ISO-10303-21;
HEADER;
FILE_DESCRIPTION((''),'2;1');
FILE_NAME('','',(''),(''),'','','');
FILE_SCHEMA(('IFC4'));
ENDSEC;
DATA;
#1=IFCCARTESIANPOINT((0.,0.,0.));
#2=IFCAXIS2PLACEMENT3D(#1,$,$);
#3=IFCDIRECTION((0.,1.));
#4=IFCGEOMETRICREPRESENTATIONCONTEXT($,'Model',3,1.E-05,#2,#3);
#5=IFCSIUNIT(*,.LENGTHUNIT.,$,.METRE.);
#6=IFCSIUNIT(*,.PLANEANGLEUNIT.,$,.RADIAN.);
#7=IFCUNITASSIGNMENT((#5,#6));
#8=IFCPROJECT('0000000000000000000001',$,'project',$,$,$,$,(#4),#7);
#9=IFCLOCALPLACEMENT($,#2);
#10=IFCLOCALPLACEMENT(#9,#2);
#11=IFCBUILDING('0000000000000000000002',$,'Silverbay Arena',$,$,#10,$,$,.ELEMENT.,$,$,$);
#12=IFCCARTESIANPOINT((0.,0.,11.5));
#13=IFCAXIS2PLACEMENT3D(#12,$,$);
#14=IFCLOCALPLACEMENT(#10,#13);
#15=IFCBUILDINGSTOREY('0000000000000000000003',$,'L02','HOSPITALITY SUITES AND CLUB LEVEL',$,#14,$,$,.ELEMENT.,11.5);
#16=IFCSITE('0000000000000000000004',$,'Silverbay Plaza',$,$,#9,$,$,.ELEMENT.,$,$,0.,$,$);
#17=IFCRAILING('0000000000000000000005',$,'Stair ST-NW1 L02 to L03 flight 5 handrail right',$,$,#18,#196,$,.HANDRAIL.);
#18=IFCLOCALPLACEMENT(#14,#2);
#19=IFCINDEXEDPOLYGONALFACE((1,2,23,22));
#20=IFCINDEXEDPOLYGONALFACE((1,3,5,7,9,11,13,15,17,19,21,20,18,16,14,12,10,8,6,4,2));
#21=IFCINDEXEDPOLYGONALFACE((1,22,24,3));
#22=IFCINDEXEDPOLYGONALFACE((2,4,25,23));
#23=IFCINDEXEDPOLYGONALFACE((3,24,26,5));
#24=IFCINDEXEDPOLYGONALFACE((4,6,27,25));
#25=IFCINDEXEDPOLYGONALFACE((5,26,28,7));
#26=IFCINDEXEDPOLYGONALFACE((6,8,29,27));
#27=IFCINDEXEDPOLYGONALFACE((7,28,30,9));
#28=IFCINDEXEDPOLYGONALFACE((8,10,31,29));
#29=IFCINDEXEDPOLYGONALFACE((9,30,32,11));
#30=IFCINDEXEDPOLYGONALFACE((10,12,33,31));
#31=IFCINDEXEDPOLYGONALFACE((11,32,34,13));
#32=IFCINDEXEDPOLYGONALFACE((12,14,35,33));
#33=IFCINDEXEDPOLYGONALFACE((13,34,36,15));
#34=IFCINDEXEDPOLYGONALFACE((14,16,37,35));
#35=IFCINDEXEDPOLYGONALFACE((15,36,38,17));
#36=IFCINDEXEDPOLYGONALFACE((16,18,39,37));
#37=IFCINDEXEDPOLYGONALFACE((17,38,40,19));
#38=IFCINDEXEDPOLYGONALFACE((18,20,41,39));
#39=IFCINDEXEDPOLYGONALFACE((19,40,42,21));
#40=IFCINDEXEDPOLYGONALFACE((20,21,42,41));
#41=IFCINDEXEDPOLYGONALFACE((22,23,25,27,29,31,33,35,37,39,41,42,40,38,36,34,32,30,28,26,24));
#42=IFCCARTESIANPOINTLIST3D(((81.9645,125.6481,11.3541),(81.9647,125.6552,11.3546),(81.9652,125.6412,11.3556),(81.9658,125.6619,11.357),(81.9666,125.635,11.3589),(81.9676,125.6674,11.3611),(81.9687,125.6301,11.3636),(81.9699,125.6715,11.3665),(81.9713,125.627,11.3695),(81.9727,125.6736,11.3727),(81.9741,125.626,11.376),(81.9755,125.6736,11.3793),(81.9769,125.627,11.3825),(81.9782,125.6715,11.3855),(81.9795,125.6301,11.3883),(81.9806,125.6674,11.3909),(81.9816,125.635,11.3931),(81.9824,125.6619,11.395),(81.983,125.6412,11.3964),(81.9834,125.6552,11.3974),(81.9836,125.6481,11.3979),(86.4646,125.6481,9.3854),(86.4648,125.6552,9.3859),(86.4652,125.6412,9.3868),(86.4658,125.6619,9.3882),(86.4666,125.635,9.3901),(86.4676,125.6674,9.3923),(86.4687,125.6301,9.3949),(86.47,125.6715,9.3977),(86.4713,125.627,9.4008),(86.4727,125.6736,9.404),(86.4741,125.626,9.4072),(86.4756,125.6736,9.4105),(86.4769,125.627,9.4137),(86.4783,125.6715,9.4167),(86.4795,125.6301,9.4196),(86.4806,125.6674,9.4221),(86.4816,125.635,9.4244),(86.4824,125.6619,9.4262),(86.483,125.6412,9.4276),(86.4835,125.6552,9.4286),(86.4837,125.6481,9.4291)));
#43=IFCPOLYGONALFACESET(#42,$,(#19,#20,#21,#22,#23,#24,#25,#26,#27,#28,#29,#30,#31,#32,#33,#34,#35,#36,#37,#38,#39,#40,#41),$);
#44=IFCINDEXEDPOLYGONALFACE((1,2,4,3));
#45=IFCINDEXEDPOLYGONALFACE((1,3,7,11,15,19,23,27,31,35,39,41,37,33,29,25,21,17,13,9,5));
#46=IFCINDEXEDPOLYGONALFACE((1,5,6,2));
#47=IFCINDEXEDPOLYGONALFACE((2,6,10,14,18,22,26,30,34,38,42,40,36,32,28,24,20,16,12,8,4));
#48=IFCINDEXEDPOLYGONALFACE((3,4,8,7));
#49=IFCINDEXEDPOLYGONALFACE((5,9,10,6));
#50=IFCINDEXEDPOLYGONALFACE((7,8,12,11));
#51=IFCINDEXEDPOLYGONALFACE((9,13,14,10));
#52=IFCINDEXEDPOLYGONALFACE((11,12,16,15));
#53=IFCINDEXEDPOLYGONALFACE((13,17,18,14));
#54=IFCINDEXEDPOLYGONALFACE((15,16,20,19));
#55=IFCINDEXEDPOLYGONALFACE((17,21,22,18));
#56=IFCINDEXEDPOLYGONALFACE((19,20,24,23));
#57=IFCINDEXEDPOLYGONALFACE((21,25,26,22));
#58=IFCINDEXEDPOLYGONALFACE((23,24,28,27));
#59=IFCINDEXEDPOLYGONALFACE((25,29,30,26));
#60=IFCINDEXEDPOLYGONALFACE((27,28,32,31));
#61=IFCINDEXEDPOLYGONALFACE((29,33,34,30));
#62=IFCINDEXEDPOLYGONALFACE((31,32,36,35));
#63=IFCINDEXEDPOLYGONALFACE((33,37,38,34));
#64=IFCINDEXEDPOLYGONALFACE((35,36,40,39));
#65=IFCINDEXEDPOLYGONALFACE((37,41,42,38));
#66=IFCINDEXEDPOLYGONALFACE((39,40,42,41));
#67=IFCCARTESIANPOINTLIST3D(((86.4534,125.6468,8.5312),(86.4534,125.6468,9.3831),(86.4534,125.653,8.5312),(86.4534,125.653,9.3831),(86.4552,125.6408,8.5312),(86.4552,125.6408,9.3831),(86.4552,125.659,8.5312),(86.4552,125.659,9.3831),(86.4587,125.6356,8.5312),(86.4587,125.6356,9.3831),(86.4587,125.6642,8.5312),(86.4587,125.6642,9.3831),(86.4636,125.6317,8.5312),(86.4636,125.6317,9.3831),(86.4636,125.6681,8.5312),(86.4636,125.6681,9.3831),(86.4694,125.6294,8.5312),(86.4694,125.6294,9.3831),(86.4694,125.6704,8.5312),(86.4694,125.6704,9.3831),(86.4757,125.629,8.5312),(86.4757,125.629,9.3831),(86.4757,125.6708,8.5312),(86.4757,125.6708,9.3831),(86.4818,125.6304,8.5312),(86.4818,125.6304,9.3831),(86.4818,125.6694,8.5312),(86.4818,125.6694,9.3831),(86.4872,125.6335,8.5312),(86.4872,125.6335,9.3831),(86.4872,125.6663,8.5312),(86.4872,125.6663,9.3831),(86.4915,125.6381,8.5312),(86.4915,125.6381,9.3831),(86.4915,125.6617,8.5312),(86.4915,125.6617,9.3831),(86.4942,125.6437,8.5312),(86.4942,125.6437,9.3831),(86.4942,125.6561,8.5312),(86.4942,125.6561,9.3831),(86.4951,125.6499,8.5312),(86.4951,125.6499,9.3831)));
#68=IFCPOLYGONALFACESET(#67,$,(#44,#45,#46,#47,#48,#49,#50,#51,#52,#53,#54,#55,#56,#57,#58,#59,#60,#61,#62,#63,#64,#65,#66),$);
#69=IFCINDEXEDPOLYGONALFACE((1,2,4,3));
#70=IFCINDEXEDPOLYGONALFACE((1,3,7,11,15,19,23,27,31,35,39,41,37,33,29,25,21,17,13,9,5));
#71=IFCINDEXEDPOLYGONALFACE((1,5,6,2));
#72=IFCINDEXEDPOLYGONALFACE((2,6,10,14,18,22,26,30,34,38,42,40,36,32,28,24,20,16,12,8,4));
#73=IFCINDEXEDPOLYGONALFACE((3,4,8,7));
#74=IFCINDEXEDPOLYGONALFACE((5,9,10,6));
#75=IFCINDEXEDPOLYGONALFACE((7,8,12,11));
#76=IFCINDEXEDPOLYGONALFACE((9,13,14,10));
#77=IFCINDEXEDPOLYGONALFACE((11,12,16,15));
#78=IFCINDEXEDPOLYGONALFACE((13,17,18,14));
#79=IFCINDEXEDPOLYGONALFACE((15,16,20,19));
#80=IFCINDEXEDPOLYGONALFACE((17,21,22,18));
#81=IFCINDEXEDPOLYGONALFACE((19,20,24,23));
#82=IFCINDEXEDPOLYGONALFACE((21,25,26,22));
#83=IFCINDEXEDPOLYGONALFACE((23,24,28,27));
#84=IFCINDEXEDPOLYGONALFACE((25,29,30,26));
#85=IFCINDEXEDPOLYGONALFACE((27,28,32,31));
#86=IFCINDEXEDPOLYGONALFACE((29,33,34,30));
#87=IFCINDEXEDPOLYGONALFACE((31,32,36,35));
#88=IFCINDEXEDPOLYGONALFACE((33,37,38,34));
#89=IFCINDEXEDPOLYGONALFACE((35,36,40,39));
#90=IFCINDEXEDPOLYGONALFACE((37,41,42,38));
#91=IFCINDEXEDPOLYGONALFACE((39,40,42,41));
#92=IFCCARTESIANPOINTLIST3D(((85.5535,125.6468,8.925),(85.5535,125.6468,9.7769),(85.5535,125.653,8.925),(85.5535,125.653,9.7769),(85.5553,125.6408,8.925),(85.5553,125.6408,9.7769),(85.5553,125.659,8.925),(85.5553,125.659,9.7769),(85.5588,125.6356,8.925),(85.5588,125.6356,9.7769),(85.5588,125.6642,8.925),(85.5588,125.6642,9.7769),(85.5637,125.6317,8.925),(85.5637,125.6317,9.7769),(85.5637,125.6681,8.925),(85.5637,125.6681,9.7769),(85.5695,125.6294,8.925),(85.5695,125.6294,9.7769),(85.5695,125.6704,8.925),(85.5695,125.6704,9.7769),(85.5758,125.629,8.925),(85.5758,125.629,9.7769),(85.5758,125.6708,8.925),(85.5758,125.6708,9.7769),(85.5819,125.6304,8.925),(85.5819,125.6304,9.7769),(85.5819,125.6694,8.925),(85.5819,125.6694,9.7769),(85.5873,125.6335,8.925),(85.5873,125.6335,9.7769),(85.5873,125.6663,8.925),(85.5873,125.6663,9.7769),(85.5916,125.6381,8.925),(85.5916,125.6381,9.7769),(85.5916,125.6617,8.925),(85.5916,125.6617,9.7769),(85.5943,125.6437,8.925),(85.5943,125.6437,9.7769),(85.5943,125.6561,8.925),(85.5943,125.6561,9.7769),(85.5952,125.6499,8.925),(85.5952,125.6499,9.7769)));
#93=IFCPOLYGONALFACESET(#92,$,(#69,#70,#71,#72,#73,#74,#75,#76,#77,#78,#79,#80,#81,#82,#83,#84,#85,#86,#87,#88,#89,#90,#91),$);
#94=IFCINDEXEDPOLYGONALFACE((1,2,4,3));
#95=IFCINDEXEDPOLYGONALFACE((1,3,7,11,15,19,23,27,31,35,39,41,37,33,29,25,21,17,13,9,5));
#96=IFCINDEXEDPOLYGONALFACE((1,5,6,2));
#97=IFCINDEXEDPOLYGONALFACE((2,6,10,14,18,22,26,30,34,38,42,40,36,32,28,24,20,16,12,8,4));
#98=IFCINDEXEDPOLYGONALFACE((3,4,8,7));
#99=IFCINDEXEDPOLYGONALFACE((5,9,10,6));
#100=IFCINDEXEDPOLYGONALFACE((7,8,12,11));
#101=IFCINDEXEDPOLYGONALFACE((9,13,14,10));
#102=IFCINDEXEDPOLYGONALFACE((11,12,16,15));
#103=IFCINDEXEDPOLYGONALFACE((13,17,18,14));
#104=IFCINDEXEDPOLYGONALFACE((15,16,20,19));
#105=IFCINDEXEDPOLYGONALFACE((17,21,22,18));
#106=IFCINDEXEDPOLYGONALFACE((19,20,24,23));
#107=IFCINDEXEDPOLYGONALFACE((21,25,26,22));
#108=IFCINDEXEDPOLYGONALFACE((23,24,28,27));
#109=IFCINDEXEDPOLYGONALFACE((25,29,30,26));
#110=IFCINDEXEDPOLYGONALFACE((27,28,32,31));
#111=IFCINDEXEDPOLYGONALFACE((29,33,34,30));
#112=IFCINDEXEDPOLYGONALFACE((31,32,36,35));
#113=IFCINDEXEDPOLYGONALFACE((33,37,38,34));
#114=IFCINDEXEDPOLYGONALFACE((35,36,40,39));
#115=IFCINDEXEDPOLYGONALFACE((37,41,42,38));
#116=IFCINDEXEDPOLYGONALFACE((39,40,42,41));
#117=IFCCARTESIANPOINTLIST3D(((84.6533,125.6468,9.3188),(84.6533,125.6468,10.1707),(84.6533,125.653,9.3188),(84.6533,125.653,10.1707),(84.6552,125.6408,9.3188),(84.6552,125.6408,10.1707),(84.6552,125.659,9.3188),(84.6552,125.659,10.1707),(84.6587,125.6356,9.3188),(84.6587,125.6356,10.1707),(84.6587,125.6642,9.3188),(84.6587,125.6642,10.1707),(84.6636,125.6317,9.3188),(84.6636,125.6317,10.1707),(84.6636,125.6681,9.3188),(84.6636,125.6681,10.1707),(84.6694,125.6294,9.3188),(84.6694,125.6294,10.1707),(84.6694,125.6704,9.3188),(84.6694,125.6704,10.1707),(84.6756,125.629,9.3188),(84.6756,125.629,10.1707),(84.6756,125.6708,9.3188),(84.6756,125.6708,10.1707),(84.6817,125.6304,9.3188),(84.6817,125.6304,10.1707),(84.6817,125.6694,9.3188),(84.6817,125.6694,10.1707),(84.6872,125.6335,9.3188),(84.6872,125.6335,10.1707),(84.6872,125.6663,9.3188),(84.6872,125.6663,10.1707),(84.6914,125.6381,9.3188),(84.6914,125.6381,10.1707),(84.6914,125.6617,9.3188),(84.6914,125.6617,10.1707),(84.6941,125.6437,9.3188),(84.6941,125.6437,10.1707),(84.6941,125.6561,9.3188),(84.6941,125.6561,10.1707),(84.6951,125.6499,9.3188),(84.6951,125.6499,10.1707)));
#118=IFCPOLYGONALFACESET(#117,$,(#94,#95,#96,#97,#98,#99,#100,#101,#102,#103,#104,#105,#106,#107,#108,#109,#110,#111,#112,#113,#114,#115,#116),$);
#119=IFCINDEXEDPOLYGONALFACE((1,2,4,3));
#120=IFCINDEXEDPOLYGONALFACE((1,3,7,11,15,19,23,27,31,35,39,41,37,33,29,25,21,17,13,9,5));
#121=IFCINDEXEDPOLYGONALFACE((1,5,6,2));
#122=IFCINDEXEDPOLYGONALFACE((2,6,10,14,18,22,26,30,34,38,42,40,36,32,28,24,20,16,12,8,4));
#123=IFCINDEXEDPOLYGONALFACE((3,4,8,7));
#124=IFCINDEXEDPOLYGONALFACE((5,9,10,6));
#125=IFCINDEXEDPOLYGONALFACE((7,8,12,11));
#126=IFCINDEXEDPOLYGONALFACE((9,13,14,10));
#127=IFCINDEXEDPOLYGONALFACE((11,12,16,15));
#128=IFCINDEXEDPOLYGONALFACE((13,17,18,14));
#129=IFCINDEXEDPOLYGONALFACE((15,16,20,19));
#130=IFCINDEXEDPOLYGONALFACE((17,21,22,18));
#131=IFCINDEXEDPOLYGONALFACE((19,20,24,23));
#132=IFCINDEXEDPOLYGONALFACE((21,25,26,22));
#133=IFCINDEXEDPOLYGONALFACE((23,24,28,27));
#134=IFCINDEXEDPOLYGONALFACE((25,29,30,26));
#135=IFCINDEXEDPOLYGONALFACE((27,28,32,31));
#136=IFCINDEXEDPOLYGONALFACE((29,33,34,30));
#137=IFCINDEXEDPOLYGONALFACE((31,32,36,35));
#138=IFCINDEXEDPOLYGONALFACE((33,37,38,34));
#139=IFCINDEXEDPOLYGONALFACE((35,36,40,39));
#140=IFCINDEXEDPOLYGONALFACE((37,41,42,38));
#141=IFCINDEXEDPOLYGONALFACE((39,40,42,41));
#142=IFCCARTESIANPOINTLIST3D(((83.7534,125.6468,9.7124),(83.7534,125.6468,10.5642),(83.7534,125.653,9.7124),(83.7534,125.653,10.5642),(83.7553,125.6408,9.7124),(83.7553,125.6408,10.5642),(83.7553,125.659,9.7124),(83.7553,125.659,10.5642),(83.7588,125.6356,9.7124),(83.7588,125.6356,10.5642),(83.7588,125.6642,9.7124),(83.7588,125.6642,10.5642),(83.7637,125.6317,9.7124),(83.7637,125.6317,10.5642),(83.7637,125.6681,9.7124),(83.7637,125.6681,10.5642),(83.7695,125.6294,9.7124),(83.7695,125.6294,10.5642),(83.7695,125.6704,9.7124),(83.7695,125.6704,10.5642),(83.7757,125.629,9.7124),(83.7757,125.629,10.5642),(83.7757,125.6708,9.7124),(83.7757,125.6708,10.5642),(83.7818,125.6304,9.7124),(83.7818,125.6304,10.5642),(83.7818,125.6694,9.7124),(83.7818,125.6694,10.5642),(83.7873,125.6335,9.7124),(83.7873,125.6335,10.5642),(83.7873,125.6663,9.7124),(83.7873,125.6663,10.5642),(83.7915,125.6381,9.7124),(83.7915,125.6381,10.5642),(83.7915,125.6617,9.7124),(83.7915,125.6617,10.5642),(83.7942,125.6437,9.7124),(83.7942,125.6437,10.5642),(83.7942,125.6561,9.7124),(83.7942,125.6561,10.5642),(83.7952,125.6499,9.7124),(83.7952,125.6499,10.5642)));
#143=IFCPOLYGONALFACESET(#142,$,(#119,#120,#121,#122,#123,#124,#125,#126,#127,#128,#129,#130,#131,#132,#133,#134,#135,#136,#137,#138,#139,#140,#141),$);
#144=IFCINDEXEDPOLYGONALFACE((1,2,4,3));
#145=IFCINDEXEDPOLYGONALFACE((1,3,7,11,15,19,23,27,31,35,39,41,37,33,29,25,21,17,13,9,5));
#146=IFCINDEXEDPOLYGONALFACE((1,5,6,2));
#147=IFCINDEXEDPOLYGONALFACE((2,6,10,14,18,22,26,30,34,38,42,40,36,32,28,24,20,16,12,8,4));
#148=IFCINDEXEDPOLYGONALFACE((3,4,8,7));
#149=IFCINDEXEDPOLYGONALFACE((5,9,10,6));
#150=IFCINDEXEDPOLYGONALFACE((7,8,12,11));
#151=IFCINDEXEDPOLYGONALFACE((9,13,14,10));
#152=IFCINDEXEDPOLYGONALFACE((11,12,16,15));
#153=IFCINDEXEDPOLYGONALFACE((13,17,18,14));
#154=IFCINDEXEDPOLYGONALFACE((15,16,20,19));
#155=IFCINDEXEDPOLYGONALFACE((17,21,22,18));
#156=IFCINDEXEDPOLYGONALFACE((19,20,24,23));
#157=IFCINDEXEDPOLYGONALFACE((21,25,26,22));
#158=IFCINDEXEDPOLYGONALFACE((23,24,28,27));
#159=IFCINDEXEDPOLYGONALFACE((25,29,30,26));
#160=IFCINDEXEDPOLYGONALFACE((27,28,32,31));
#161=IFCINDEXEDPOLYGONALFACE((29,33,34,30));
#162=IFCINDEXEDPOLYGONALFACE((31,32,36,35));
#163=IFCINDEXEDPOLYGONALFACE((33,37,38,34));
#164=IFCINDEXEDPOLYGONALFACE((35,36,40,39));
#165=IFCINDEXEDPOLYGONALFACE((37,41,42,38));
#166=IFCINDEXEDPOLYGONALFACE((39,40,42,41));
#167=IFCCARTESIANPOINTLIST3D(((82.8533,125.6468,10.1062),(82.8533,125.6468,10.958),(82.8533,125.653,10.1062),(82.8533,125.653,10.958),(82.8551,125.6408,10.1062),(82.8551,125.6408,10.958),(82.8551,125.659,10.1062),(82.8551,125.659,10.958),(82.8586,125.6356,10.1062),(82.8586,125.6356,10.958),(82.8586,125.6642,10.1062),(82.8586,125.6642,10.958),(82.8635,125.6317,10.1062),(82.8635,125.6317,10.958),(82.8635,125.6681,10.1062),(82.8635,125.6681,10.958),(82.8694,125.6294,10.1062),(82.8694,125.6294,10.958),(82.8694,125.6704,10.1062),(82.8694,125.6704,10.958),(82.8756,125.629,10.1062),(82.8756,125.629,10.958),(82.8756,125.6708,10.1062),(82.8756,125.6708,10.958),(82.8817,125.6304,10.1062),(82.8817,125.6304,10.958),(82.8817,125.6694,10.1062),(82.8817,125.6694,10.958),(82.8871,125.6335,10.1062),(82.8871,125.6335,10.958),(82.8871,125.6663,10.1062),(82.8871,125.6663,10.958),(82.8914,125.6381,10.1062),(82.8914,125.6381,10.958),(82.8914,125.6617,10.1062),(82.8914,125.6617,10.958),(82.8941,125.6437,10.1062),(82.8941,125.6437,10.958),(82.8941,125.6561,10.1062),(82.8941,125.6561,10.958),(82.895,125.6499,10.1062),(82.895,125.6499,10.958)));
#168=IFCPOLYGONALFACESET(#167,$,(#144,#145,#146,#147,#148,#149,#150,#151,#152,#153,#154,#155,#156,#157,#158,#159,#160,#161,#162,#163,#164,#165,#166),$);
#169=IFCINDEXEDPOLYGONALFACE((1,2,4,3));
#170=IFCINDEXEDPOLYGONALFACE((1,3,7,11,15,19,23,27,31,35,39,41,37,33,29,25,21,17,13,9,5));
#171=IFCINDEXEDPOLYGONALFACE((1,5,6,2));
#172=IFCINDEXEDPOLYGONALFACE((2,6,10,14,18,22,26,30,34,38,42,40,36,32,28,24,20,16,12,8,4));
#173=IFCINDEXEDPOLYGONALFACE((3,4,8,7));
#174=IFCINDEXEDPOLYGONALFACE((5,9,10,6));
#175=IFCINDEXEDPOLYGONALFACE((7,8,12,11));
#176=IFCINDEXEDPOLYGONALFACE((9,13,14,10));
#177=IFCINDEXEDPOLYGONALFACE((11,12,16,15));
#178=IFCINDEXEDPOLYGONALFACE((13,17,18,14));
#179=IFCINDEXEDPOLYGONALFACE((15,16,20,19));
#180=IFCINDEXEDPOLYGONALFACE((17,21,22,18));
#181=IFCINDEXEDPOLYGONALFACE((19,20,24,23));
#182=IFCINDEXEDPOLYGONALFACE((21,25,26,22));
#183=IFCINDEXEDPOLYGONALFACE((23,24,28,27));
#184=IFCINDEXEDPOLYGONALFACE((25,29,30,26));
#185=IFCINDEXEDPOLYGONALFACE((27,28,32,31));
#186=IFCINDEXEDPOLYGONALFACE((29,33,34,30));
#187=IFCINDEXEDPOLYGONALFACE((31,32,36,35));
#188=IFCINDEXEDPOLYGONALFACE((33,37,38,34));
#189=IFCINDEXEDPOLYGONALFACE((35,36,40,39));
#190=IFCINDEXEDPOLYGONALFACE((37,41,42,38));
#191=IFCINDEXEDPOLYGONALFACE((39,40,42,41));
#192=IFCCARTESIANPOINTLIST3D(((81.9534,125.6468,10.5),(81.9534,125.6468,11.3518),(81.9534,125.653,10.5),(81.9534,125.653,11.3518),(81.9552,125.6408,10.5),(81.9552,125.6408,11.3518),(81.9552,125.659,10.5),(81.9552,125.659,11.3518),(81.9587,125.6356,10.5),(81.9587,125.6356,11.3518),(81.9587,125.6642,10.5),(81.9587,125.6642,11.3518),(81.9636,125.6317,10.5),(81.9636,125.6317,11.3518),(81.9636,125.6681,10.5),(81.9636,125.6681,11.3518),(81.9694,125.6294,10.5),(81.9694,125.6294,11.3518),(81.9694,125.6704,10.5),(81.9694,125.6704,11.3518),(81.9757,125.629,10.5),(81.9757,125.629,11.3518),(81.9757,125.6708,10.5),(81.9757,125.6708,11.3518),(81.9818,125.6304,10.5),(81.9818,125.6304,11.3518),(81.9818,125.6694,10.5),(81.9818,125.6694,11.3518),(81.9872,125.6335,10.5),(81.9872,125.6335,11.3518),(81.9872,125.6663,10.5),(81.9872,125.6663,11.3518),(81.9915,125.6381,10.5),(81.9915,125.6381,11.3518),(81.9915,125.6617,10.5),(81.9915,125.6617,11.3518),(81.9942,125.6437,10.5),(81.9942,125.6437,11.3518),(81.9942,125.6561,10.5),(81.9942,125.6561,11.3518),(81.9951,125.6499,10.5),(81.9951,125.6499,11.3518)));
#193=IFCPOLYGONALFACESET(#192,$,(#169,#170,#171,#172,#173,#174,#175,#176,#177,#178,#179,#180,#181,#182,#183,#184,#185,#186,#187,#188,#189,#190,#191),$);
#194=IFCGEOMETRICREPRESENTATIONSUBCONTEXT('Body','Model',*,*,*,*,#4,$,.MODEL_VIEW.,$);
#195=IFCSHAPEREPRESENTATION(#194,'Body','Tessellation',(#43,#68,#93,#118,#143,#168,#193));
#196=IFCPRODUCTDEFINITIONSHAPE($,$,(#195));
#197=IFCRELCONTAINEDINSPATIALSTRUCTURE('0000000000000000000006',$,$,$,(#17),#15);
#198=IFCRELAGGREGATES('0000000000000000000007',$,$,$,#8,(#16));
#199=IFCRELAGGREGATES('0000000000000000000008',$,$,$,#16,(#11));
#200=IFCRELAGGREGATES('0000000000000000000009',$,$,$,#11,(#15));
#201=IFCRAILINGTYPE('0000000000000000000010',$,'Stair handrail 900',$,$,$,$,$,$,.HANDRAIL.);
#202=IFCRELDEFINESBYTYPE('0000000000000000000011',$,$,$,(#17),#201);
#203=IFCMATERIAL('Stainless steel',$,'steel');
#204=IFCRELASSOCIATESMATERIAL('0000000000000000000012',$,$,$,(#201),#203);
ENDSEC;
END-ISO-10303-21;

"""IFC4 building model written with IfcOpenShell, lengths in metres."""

from ifc_helpers import new_model, si_unit, direction, frame, origin, origin_2d, place, context, subcontext, project, spatial, circle, extrude, material, type_object, element, save


model = new_model("IFC4")

# Units and contexts
model_context = context("Model", 3, precision=1e-05, world=origin(), true_north=direction((0.0, 1.0)))
body_context = subcontext(model_context, "Body", "Model", "MODEL_VIEW")
ifc_project = project(units=[si_unit("LENGTHUNIT", "METRE"), si_unit("PLANEANGLEUNIT", "RADIAN")], contexts=[model_context])

# Site, building, storey
site_placement = place(None, origin())
site = spatial("IfcSite", under=ifc_project, at=site_placement, Name="Silverbay Plaza", CompositionType="ELEMENT", RefElevation=0.0)
building_placement = place(site_placement, origin())
building = spatial("IfcBuilding", under=site, at=building_placement, Name="Silverbay Arena", CompositionType="ELEMENT")
storey_placement = place(building_placement, frame((0.0, 0.0, 11.5)))
storey = spatial("IfcBuildingStorey", under=building, at=storey_placement, Name="L02", Description="HOSPITALITY SUITES AND CLUB LEVEL", CompositionType="ELEMENT", Elevation=11.5)

# Railing
ifc_material_1 = material(Name="Stainless steel", Category="steel")
railing_type_1 = type_object("IfcRailingType", Name="Stair handrail 900", PredefinedType="HANDRAIL", material=ifc_material_1)
for number, where, name in (
    (1, (86.4741, 125.6499, 8.5312), "Stair ST-NW1 L02 to L03 flight 5 handrail right"),
):
    element("IfcRailing", number, at=place(storey_placement, frame(where)), inside=storey, type_object=railing_type_1, Name=name, PredefinedType="HANDRAIL", context=body_context, shape_type="SweptSolid", body=[
        extrude(circle(Radius=0.0239, at=origin_2d()), frame((0.0, 0.0, 0.876), z_axis=(-0.916157, 0.0, 0.400819), x_axis=(0.0, -1.0, 0.0)), (0.0, 0.0, 1.0), 4.9119),
        extrude(circle(Radius=0.021, at=origin_2d()), origin(), (0.0, 0.0, 1.0), 0.8518),
        extrude(circle(Radius=0.021, at=origin_2d()), frame((-0.8999, 0.0, 0.3938)), (0.0, 0.0, 1.0), 0.8518),
        extrude(circle(Radius=0.021, at=origin_2d()), frame((-1.8, 0.0, 0.7876)), (0.0, 0.0, 1.0), 0.8518),
        extrude(circle(Radius=0.021, at=origin_2d()), frame((-2.7, 0.0, 1.1812)), (0.0, 0.0, 1.0), 0.8518),
        extrude(circle(Radius=0.021, at=origin_2d()), frame((-3.6001, 0.0, 1.575)), (0.0, 0.0, 1.0), 0.8518),
        extrude(circle(Radius=0.021, at=origin_2d()), frame((-4.5, 0.0, 1.9688)), (0.0, 0.0, 1.0), 0.8518),
    ])

save(model, "model.ifc")
